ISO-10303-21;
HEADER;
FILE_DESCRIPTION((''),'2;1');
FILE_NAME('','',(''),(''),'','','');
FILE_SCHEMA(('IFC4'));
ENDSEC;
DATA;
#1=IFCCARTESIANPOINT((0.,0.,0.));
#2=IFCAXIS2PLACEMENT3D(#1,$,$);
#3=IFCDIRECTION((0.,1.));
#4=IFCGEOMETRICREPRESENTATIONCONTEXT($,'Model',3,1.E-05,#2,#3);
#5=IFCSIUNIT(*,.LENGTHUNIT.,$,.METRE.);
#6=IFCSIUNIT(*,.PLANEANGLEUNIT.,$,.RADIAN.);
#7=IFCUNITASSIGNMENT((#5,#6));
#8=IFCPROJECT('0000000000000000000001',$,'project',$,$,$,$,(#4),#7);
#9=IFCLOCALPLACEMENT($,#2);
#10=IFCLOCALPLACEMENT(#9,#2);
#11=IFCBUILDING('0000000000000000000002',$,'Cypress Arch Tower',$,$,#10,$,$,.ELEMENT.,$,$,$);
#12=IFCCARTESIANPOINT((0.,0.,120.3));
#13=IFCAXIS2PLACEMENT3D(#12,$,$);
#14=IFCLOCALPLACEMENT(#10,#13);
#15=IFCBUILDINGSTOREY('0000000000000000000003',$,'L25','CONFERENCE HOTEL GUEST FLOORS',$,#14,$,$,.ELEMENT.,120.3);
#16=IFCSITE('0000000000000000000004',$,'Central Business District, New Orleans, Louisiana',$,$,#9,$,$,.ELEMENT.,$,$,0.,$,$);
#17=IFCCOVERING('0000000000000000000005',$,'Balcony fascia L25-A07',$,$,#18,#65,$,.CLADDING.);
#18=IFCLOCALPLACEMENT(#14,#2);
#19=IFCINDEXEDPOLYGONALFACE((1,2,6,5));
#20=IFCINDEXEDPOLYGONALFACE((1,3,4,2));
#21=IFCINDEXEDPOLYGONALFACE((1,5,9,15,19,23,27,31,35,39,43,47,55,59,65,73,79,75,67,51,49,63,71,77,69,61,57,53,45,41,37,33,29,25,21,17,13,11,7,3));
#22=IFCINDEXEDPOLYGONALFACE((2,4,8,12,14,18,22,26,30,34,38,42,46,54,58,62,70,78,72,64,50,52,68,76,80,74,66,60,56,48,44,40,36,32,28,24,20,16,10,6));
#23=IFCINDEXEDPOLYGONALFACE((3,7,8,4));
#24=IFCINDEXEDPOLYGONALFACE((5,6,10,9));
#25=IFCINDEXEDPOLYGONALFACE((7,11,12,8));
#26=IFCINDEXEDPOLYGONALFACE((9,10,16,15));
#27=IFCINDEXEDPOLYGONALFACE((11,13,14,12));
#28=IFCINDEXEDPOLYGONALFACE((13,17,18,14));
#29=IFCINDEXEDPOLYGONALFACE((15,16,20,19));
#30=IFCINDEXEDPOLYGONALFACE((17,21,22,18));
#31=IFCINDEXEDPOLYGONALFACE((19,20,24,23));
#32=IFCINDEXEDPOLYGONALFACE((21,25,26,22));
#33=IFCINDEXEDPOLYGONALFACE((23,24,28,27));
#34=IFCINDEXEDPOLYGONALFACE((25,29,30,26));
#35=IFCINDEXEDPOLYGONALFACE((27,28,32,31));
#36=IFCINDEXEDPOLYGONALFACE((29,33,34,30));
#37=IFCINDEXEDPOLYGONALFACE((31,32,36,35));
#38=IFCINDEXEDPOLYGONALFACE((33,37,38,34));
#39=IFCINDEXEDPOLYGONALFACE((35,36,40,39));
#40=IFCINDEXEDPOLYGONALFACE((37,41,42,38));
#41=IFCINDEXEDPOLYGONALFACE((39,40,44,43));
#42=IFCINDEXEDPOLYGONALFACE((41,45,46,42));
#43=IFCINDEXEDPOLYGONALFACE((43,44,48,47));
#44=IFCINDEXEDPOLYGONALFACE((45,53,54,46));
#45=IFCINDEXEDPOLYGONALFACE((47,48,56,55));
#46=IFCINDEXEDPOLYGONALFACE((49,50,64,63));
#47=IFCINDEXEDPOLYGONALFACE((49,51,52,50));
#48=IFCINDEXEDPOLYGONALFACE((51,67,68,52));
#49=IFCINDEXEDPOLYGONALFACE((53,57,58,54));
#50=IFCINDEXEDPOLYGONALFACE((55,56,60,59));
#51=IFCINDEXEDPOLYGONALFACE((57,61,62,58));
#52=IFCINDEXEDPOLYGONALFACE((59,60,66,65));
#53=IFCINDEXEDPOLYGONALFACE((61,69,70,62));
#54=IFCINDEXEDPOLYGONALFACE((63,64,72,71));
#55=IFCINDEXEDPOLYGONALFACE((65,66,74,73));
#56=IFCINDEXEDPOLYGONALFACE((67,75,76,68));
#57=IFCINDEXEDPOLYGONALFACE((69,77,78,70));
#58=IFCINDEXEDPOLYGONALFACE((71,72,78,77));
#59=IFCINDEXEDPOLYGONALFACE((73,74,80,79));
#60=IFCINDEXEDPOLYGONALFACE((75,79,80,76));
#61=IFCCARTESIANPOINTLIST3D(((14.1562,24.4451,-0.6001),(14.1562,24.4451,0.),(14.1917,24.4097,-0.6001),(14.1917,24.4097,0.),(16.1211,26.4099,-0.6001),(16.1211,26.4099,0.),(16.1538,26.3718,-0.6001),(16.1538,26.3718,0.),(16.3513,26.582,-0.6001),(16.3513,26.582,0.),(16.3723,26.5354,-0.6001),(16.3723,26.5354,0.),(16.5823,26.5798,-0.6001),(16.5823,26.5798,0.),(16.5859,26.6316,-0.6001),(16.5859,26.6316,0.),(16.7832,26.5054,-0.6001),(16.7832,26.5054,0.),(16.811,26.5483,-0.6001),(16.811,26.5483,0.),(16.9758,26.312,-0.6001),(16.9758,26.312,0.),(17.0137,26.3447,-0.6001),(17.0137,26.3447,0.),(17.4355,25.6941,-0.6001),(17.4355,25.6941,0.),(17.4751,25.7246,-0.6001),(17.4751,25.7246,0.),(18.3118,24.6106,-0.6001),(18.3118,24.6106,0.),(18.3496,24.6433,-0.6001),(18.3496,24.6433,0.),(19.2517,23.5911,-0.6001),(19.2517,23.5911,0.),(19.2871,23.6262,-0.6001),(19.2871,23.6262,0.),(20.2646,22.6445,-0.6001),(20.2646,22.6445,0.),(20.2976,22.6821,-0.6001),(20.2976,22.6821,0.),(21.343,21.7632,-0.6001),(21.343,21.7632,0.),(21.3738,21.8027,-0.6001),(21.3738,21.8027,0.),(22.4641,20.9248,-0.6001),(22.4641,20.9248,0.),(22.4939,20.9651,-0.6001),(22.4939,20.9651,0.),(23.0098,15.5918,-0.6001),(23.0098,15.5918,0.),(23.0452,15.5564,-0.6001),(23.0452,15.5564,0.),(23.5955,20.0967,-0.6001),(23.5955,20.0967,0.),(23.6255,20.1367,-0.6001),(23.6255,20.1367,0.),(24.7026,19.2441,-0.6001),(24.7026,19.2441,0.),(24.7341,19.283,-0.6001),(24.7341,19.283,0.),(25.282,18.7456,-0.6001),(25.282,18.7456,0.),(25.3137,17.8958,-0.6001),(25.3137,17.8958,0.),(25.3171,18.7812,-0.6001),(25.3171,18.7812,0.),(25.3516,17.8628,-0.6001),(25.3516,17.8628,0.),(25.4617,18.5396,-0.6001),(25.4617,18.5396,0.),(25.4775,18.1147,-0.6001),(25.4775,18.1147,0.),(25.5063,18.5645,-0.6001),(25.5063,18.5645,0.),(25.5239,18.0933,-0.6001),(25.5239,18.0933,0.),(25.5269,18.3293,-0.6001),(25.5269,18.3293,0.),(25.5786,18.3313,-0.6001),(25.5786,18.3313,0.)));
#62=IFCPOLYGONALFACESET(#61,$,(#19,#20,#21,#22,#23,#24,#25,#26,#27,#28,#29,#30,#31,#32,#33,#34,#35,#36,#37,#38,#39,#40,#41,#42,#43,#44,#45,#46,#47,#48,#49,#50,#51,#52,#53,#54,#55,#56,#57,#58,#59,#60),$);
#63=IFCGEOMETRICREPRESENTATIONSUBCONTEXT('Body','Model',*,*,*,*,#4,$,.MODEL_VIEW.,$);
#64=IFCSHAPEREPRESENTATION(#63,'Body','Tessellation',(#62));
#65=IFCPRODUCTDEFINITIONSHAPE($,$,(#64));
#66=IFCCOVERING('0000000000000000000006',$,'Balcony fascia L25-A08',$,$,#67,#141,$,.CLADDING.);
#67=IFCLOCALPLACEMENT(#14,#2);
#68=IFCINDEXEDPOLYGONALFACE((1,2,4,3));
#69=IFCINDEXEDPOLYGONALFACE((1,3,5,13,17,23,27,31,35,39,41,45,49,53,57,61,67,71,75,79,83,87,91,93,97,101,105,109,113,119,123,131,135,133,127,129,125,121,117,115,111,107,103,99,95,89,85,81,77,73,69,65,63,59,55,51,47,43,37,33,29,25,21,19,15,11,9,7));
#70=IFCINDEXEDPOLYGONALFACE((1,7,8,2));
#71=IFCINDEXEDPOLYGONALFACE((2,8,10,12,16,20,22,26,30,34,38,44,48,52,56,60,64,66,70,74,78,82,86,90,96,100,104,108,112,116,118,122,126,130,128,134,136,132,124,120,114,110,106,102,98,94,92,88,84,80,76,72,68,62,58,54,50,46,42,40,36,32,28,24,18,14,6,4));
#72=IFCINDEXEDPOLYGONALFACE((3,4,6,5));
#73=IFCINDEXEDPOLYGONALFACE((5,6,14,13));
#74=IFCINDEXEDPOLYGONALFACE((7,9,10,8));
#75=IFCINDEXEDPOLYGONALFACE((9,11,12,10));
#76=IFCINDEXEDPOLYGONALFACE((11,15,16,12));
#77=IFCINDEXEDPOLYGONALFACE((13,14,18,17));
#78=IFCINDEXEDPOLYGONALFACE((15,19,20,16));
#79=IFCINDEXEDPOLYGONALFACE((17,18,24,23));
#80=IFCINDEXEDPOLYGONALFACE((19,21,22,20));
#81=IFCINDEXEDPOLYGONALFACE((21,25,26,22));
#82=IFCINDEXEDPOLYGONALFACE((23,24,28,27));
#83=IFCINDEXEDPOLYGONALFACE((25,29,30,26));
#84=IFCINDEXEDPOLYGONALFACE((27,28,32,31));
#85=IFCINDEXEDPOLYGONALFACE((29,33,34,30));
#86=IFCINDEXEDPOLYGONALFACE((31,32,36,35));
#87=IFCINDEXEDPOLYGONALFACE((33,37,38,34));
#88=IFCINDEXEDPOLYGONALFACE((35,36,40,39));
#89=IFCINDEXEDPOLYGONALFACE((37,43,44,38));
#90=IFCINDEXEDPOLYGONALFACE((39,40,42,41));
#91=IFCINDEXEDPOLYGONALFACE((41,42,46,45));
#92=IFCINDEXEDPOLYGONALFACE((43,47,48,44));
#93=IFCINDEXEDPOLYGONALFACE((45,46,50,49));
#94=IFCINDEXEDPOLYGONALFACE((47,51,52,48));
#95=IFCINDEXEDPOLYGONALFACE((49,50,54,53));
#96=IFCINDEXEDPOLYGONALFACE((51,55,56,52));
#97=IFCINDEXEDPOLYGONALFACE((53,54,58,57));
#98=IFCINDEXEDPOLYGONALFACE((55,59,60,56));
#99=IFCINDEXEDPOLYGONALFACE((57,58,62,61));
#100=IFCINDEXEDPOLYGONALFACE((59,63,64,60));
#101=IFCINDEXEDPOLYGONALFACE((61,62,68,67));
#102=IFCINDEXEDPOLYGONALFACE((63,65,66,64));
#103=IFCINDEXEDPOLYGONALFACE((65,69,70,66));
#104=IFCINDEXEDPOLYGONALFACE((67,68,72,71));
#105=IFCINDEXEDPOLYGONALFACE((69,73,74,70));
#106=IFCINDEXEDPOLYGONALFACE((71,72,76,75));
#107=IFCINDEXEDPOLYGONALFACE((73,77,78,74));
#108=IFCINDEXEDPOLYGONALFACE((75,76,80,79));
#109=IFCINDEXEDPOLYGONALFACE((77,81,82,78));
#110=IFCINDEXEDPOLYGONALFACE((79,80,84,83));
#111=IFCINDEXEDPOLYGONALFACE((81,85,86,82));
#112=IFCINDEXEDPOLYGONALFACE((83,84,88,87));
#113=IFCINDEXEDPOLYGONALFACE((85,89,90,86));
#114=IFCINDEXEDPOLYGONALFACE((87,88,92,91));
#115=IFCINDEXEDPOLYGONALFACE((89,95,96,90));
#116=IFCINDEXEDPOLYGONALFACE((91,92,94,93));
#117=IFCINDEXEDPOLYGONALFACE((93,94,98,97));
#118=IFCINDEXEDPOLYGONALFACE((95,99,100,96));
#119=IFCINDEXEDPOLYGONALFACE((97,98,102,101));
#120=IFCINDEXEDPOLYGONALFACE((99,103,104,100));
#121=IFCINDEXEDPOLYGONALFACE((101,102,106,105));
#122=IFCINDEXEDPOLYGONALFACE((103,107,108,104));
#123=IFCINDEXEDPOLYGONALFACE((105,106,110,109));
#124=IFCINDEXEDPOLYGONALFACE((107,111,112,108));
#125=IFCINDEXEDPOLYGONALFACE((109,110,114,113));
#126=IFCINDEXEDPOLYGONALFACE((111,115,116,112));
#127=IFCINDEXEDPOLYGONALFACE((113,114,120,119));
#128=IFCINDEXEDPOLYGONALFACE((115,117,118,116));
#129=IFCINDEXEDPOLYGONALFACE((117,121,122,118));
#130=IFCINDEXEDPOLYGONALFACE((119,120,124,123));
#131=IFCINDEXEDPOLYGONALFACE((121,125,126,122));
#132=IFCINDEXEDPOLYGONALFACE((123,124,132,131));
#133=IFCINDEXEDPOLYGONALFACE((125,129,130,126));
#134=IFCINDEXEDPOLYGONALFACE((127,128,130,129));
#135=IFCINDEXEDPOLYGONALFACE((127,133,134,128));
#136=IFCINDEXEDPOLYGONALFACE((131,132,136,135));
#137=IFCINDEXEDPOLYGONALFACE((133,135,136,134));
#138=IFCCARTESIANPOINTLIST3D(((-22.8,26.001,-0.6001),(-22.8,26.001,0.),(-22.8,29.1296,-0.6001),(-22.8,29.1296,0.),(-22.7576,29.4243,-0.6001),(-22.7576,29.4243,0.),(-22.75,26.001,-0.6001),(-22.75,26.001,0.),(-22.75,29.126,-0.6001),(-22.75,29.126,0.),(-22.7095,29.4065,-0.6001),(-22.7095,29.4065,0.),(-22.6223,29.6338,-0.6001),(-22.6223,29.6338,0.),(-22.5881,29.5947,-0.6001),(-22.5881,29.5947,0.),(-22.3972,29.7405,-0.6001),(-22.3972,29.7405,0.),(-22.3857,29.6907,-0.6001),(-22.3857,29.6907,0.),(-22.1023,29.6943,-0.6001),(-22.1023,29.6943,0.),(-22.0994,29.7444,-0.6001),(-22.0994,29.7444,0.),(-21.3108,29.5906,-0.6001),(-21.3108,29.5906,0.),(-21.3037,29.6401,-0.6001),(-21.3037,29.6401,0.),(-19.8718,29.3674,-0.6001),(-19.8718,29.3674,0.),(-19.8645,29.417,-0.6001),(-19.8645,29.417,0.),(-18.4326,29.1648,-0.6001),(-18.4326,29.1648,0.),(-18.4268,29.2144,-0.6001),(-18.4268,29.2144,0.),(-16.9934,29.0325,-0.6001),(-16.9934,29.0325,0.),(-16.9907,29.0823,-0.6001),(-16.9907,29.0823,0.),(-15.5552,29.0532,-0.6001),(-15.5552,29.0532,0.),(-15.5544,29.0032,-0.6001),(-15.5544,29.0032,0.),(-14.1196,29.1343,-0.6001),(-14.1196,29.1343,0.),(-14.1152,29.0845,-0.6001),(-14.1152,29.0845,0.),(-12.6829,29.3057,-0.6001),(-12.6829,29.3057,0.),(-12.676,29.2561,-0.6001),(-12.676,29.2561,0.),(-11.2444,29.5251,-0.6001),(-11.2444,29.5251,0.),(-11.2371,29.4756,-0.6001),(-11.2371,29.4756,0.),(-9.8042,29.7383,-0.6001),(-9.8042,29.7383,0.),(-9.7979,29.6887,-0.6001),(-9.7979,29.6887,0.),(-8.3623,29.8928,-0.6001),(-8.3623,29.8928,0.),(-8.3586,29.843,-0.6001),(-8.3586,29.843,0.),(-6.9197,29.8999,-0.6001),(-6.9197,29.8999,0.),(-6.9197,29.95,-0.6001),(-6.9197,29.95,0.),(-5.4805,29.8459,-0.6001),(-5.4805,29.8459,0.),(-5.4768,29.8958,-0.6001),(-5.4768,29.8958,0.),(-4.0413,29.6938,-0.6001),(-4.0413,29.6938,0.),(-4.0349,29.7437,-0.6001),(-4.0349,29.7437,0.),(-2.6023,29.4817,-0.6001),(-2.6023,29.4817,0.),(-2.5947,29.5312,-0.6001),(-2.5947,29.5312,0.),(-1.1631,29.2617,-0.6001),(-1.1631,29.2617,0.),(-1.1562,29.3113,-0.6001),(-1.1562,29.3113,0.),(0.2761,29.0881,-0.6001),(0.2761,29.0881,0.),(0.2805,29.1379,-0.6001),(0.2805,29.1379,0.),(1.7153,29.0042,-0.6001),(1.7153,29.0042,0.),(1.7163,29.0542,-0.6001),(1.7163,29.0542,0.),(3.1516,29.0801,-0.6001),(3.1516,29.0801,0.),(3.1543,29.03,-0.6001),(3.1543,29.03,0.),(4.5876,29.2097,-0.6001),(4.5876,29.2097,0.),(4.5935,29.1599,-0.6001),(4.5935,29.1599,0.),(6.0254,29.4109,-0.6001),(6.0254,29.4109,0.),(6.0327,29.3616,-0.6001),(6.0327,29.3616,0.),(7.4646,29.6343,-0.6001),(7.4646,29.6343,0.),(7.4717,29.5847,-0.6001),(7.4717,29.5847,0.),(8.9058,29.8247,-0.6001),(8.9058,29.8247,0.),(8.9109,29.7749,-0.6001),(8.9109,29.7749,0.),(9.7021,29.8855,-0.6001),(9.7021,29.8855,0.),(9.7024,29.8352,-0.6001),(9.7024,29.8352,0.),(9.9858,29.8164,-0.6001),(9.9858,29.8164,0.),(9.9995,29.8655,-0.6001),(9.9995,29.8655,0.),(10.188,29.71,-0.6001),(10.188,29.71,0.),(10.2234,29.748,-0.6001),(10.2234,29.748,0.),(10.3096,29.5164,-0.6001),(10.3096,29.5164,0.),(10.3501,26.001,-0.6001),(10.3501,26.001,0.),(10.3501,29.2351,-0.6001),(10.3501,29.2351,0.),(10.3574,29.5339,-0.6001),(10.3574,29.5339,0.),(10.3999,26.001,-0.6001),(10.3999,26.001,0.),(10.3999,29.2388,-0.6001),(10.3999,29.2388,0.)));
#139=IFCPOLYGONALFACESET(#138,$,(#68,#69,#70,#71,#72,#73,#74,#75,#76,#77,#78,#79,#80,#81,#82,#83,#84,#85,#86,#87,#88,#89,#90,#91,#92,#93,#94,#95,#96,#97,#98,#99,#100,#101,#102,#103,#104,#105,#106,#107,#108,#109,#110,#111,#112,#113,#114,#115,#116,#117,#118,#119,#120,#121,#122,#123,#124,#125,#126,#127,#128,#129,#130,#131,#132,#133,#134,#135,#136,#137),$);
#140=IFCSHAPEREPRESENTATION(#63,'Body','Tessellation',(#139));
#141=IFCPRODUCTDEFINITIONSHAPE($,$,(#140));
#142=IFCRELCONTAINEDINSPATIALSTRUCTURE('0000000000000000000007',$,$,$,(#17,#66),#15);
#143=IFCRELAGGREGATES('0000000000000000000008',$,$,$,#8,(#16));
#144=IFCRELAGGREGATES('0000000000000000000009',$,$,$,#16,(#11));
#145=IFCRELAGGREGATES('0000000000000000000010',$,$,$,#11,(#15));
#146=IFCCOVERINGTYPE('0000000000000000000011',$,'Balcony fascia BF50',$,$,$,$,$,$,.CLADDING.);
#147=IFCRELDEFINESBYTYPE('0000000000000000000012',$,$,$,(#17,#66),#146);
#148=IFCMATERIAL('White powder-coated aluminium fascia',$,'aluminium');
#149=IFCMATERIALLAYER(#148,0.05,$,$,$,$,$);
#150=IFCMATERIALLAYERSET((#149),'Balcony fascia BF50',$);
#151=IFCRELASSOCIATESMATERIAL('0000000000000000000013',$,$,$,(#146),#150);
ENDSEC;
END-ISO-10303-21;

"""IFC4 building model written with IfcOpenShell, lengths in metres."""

from ifc_helpers import new_model, si_unit, direction, frame, origin, place, context, subcontext, project, spatial, polyline, outline, extrude, material, layer, layer_set, type_object, element, save


model = new_model("IFC4")

# Units and contexts
model_context = context("Model", 3, precision=1e-05, world=origin(), true_north=direction((0.0, 1.0)))
body_context = subcontext(model_context, "Body", "Model", "MODEL_VIEW")
ifc_project = project(units=[si_unit("LENGTHUNIT", "METRE"), si_unit("PLANEANGLEUNIT", "RADIAN")], contexts=[model_context])

# Site, building, storey
site_placement = place(None, origin())
site = spatial("IfcSite", under=ifc_project, at=site_placement, Name="Central Business District, New Orleans, Louisiana", CompositionType="ELEMENT", RefElevation=0.0)
building_placement = place(site_placement, origin())
building = spatial("IfcBuilding", under=site, at=building_placement, Name="Cypress Arch Tower", CompositionType="ELEMENT")
storey_placement = place(building_placement, frame((0.0, 0.0, 120.3)))
storey = spatial("IfcBuildingStorey", under=building, at=storey_placement, Name="L25", Description="CONFERENCE HOTEL GUEST FLOORS", CompositionType="ELEMENT", Elevation=120.3)

# Coverings
ifc_material_1 = material(Name="White powder-coated aluminium fascia", Category="aluminium")
ifc_layer_1 = layer(ifc_material_1, 0.05)
ifc_layer_set_1 = layer_set([ifc_layer_1], Name="Balcony fascia BF50")
covering_type_1 = type_object("IfcCoveringType", Name="Balcony fascia BF50", PredefinedType="CLADDING", material=ifc_layer_set_1)
covering_1_placement = place(storey_placement, frame((0.0, 0.0, -0.6001)))
element("IfcCovering", 1, at=covering_1_placement, inside=storey, type_object=covering_type_1, Name="Balcony fascia L25-A07", PredefinedType="CLADDING", context=body_context, shape_type="SweptSolid", body=[
    extrude(outline(polyline([(16.1211, 26.4099), (16.3513, 26.582), (16.5859, 26.6316), (16.811, 26.5483), (17.0137, 26.3447), (17.4751, 25.7246), (18.3496, 24.6433), (19.2871, 23.6262), (20.2976, 22.6821), (21.3738, 21.8027), (22.4939, 20.9651), (23.6255, 20.1367), (24.7341, 19.283), (25.3171, 18.7812), (25.5063, 18.5645), (25.5786, 18.3313), (25.5239, 18.0933), (25.3516, 17.8628), (23.0452, 15.5564), (23.0098, 15.5918), (25.3137, 17.8958), (25.4775, 18.1147), (25.5269, 18.3293), (25.4617, 18.5396), (25.282, 18.7456), (24.7026, 19.2441), (23.5955, 20.0967), (22.4641, 20.9248), (21.343, 21.7632), (20.2646, 22.6445), (19.2517, 23.5911), (18.3118, 24.6106), (17.4355, 25.6941), (16.9758, 26.312), (16.7832, 26.5054), (16.5823, 26.5798), (16.3723, 26.5354), (16.1538, 26.3718), (14.1917, 24.4097), (14.1562, 24.4451), (16.1211, 26.4099)])), origin(), (0.0, 0.0, 1.0), 0.6001),
])
covering_2_placement = place(storey_placement, frame((0.0, 0.0, -0.6001)))
element("IfcCovering", 2, at=covering_2_placement, inside=storey, type_object=covering_type_1, Name="Balcony fascia L25-A08", PredefinedType="CLADDING", context=body_context, shape_type="SweptSolid", body=[
    extrude(outline(polyline([(-22.8, 29.1296), (-22.7576, 29.4243), (-22.6223, 29.6338), (-22.3972, 29.7405), (-22.0994, 29.7444), (-21.3037, 29.6401), (-19.8645, 29.417), (-18.4268, 29.2144), (-16.9907, 29.0823), (-15.5552, 29.0532), (-14.1196, 29.1343), (-12.6829, 29.3057), (-11.2444, 29.5251), (-9.8042, 29.7383), (-8.3623, 29.8928), (-6.9197, 29.95), (-5.4768, 29.8958), (-4.0349, 29.7437), (-2.5947, 29.5312), (-1.1562, 29.3113), (0.2805, 29.1379), (1.7163, 29.0542), (3.1516, 29.0801), (4.5876, 29.2097), (6.0254, 29.4109), (7.4646, 29.6343), (8.9058, 29.8247), (9.7021, 29.8855), (9.9995, 29.8655), (10.2234, 29.748), (10.3574, 29.5339), (10.3999, 29.2388), (10.3999, 26.001), (10.3501, 26.001), (10.3501, 29.2351), (10.3096, 29.5164), (10.188, 29.71), (9.9858, 29.8164), (9.7024, 29.8352), (8.9109, 29.7749), (7.4717, 29.5847), (6.0327, 29.3616), (4.5935, 29.1599), (3.1543, 29.03), (1.7153, 29.0042), (0.2761, 29.0881), (-1.1631, 29.2617), (-2.6023, 29.4817), (-4.0413, 29.6938), (-5.4805, 29.8459), (-6.9197, 29.8999), (-8.3586, 29.843), (-9.7979, 29.6887), (-11.2371, 29.4756), (-12.676, 29.2561), (-14.1152, 29.0845), (-15.5544, 29.0032), (-16.9934, 29.0325), (-18.4326, 29.1648), (-19.8718, 29.3674), (-21.3108, 29.5906), (-22.1023, 29.6943), (-22.3857, 29.6907), (-22.5881, 29.5947), (-22.7095, 29.4065), (-22.75, 29.126), (-22.75, 26.001), (-22.8, 26.001), (-22.8, 29.1296)])), origin(), (0.0, 0.0, 1.0), 0.6001),
])

save(model, "model.ifc")
